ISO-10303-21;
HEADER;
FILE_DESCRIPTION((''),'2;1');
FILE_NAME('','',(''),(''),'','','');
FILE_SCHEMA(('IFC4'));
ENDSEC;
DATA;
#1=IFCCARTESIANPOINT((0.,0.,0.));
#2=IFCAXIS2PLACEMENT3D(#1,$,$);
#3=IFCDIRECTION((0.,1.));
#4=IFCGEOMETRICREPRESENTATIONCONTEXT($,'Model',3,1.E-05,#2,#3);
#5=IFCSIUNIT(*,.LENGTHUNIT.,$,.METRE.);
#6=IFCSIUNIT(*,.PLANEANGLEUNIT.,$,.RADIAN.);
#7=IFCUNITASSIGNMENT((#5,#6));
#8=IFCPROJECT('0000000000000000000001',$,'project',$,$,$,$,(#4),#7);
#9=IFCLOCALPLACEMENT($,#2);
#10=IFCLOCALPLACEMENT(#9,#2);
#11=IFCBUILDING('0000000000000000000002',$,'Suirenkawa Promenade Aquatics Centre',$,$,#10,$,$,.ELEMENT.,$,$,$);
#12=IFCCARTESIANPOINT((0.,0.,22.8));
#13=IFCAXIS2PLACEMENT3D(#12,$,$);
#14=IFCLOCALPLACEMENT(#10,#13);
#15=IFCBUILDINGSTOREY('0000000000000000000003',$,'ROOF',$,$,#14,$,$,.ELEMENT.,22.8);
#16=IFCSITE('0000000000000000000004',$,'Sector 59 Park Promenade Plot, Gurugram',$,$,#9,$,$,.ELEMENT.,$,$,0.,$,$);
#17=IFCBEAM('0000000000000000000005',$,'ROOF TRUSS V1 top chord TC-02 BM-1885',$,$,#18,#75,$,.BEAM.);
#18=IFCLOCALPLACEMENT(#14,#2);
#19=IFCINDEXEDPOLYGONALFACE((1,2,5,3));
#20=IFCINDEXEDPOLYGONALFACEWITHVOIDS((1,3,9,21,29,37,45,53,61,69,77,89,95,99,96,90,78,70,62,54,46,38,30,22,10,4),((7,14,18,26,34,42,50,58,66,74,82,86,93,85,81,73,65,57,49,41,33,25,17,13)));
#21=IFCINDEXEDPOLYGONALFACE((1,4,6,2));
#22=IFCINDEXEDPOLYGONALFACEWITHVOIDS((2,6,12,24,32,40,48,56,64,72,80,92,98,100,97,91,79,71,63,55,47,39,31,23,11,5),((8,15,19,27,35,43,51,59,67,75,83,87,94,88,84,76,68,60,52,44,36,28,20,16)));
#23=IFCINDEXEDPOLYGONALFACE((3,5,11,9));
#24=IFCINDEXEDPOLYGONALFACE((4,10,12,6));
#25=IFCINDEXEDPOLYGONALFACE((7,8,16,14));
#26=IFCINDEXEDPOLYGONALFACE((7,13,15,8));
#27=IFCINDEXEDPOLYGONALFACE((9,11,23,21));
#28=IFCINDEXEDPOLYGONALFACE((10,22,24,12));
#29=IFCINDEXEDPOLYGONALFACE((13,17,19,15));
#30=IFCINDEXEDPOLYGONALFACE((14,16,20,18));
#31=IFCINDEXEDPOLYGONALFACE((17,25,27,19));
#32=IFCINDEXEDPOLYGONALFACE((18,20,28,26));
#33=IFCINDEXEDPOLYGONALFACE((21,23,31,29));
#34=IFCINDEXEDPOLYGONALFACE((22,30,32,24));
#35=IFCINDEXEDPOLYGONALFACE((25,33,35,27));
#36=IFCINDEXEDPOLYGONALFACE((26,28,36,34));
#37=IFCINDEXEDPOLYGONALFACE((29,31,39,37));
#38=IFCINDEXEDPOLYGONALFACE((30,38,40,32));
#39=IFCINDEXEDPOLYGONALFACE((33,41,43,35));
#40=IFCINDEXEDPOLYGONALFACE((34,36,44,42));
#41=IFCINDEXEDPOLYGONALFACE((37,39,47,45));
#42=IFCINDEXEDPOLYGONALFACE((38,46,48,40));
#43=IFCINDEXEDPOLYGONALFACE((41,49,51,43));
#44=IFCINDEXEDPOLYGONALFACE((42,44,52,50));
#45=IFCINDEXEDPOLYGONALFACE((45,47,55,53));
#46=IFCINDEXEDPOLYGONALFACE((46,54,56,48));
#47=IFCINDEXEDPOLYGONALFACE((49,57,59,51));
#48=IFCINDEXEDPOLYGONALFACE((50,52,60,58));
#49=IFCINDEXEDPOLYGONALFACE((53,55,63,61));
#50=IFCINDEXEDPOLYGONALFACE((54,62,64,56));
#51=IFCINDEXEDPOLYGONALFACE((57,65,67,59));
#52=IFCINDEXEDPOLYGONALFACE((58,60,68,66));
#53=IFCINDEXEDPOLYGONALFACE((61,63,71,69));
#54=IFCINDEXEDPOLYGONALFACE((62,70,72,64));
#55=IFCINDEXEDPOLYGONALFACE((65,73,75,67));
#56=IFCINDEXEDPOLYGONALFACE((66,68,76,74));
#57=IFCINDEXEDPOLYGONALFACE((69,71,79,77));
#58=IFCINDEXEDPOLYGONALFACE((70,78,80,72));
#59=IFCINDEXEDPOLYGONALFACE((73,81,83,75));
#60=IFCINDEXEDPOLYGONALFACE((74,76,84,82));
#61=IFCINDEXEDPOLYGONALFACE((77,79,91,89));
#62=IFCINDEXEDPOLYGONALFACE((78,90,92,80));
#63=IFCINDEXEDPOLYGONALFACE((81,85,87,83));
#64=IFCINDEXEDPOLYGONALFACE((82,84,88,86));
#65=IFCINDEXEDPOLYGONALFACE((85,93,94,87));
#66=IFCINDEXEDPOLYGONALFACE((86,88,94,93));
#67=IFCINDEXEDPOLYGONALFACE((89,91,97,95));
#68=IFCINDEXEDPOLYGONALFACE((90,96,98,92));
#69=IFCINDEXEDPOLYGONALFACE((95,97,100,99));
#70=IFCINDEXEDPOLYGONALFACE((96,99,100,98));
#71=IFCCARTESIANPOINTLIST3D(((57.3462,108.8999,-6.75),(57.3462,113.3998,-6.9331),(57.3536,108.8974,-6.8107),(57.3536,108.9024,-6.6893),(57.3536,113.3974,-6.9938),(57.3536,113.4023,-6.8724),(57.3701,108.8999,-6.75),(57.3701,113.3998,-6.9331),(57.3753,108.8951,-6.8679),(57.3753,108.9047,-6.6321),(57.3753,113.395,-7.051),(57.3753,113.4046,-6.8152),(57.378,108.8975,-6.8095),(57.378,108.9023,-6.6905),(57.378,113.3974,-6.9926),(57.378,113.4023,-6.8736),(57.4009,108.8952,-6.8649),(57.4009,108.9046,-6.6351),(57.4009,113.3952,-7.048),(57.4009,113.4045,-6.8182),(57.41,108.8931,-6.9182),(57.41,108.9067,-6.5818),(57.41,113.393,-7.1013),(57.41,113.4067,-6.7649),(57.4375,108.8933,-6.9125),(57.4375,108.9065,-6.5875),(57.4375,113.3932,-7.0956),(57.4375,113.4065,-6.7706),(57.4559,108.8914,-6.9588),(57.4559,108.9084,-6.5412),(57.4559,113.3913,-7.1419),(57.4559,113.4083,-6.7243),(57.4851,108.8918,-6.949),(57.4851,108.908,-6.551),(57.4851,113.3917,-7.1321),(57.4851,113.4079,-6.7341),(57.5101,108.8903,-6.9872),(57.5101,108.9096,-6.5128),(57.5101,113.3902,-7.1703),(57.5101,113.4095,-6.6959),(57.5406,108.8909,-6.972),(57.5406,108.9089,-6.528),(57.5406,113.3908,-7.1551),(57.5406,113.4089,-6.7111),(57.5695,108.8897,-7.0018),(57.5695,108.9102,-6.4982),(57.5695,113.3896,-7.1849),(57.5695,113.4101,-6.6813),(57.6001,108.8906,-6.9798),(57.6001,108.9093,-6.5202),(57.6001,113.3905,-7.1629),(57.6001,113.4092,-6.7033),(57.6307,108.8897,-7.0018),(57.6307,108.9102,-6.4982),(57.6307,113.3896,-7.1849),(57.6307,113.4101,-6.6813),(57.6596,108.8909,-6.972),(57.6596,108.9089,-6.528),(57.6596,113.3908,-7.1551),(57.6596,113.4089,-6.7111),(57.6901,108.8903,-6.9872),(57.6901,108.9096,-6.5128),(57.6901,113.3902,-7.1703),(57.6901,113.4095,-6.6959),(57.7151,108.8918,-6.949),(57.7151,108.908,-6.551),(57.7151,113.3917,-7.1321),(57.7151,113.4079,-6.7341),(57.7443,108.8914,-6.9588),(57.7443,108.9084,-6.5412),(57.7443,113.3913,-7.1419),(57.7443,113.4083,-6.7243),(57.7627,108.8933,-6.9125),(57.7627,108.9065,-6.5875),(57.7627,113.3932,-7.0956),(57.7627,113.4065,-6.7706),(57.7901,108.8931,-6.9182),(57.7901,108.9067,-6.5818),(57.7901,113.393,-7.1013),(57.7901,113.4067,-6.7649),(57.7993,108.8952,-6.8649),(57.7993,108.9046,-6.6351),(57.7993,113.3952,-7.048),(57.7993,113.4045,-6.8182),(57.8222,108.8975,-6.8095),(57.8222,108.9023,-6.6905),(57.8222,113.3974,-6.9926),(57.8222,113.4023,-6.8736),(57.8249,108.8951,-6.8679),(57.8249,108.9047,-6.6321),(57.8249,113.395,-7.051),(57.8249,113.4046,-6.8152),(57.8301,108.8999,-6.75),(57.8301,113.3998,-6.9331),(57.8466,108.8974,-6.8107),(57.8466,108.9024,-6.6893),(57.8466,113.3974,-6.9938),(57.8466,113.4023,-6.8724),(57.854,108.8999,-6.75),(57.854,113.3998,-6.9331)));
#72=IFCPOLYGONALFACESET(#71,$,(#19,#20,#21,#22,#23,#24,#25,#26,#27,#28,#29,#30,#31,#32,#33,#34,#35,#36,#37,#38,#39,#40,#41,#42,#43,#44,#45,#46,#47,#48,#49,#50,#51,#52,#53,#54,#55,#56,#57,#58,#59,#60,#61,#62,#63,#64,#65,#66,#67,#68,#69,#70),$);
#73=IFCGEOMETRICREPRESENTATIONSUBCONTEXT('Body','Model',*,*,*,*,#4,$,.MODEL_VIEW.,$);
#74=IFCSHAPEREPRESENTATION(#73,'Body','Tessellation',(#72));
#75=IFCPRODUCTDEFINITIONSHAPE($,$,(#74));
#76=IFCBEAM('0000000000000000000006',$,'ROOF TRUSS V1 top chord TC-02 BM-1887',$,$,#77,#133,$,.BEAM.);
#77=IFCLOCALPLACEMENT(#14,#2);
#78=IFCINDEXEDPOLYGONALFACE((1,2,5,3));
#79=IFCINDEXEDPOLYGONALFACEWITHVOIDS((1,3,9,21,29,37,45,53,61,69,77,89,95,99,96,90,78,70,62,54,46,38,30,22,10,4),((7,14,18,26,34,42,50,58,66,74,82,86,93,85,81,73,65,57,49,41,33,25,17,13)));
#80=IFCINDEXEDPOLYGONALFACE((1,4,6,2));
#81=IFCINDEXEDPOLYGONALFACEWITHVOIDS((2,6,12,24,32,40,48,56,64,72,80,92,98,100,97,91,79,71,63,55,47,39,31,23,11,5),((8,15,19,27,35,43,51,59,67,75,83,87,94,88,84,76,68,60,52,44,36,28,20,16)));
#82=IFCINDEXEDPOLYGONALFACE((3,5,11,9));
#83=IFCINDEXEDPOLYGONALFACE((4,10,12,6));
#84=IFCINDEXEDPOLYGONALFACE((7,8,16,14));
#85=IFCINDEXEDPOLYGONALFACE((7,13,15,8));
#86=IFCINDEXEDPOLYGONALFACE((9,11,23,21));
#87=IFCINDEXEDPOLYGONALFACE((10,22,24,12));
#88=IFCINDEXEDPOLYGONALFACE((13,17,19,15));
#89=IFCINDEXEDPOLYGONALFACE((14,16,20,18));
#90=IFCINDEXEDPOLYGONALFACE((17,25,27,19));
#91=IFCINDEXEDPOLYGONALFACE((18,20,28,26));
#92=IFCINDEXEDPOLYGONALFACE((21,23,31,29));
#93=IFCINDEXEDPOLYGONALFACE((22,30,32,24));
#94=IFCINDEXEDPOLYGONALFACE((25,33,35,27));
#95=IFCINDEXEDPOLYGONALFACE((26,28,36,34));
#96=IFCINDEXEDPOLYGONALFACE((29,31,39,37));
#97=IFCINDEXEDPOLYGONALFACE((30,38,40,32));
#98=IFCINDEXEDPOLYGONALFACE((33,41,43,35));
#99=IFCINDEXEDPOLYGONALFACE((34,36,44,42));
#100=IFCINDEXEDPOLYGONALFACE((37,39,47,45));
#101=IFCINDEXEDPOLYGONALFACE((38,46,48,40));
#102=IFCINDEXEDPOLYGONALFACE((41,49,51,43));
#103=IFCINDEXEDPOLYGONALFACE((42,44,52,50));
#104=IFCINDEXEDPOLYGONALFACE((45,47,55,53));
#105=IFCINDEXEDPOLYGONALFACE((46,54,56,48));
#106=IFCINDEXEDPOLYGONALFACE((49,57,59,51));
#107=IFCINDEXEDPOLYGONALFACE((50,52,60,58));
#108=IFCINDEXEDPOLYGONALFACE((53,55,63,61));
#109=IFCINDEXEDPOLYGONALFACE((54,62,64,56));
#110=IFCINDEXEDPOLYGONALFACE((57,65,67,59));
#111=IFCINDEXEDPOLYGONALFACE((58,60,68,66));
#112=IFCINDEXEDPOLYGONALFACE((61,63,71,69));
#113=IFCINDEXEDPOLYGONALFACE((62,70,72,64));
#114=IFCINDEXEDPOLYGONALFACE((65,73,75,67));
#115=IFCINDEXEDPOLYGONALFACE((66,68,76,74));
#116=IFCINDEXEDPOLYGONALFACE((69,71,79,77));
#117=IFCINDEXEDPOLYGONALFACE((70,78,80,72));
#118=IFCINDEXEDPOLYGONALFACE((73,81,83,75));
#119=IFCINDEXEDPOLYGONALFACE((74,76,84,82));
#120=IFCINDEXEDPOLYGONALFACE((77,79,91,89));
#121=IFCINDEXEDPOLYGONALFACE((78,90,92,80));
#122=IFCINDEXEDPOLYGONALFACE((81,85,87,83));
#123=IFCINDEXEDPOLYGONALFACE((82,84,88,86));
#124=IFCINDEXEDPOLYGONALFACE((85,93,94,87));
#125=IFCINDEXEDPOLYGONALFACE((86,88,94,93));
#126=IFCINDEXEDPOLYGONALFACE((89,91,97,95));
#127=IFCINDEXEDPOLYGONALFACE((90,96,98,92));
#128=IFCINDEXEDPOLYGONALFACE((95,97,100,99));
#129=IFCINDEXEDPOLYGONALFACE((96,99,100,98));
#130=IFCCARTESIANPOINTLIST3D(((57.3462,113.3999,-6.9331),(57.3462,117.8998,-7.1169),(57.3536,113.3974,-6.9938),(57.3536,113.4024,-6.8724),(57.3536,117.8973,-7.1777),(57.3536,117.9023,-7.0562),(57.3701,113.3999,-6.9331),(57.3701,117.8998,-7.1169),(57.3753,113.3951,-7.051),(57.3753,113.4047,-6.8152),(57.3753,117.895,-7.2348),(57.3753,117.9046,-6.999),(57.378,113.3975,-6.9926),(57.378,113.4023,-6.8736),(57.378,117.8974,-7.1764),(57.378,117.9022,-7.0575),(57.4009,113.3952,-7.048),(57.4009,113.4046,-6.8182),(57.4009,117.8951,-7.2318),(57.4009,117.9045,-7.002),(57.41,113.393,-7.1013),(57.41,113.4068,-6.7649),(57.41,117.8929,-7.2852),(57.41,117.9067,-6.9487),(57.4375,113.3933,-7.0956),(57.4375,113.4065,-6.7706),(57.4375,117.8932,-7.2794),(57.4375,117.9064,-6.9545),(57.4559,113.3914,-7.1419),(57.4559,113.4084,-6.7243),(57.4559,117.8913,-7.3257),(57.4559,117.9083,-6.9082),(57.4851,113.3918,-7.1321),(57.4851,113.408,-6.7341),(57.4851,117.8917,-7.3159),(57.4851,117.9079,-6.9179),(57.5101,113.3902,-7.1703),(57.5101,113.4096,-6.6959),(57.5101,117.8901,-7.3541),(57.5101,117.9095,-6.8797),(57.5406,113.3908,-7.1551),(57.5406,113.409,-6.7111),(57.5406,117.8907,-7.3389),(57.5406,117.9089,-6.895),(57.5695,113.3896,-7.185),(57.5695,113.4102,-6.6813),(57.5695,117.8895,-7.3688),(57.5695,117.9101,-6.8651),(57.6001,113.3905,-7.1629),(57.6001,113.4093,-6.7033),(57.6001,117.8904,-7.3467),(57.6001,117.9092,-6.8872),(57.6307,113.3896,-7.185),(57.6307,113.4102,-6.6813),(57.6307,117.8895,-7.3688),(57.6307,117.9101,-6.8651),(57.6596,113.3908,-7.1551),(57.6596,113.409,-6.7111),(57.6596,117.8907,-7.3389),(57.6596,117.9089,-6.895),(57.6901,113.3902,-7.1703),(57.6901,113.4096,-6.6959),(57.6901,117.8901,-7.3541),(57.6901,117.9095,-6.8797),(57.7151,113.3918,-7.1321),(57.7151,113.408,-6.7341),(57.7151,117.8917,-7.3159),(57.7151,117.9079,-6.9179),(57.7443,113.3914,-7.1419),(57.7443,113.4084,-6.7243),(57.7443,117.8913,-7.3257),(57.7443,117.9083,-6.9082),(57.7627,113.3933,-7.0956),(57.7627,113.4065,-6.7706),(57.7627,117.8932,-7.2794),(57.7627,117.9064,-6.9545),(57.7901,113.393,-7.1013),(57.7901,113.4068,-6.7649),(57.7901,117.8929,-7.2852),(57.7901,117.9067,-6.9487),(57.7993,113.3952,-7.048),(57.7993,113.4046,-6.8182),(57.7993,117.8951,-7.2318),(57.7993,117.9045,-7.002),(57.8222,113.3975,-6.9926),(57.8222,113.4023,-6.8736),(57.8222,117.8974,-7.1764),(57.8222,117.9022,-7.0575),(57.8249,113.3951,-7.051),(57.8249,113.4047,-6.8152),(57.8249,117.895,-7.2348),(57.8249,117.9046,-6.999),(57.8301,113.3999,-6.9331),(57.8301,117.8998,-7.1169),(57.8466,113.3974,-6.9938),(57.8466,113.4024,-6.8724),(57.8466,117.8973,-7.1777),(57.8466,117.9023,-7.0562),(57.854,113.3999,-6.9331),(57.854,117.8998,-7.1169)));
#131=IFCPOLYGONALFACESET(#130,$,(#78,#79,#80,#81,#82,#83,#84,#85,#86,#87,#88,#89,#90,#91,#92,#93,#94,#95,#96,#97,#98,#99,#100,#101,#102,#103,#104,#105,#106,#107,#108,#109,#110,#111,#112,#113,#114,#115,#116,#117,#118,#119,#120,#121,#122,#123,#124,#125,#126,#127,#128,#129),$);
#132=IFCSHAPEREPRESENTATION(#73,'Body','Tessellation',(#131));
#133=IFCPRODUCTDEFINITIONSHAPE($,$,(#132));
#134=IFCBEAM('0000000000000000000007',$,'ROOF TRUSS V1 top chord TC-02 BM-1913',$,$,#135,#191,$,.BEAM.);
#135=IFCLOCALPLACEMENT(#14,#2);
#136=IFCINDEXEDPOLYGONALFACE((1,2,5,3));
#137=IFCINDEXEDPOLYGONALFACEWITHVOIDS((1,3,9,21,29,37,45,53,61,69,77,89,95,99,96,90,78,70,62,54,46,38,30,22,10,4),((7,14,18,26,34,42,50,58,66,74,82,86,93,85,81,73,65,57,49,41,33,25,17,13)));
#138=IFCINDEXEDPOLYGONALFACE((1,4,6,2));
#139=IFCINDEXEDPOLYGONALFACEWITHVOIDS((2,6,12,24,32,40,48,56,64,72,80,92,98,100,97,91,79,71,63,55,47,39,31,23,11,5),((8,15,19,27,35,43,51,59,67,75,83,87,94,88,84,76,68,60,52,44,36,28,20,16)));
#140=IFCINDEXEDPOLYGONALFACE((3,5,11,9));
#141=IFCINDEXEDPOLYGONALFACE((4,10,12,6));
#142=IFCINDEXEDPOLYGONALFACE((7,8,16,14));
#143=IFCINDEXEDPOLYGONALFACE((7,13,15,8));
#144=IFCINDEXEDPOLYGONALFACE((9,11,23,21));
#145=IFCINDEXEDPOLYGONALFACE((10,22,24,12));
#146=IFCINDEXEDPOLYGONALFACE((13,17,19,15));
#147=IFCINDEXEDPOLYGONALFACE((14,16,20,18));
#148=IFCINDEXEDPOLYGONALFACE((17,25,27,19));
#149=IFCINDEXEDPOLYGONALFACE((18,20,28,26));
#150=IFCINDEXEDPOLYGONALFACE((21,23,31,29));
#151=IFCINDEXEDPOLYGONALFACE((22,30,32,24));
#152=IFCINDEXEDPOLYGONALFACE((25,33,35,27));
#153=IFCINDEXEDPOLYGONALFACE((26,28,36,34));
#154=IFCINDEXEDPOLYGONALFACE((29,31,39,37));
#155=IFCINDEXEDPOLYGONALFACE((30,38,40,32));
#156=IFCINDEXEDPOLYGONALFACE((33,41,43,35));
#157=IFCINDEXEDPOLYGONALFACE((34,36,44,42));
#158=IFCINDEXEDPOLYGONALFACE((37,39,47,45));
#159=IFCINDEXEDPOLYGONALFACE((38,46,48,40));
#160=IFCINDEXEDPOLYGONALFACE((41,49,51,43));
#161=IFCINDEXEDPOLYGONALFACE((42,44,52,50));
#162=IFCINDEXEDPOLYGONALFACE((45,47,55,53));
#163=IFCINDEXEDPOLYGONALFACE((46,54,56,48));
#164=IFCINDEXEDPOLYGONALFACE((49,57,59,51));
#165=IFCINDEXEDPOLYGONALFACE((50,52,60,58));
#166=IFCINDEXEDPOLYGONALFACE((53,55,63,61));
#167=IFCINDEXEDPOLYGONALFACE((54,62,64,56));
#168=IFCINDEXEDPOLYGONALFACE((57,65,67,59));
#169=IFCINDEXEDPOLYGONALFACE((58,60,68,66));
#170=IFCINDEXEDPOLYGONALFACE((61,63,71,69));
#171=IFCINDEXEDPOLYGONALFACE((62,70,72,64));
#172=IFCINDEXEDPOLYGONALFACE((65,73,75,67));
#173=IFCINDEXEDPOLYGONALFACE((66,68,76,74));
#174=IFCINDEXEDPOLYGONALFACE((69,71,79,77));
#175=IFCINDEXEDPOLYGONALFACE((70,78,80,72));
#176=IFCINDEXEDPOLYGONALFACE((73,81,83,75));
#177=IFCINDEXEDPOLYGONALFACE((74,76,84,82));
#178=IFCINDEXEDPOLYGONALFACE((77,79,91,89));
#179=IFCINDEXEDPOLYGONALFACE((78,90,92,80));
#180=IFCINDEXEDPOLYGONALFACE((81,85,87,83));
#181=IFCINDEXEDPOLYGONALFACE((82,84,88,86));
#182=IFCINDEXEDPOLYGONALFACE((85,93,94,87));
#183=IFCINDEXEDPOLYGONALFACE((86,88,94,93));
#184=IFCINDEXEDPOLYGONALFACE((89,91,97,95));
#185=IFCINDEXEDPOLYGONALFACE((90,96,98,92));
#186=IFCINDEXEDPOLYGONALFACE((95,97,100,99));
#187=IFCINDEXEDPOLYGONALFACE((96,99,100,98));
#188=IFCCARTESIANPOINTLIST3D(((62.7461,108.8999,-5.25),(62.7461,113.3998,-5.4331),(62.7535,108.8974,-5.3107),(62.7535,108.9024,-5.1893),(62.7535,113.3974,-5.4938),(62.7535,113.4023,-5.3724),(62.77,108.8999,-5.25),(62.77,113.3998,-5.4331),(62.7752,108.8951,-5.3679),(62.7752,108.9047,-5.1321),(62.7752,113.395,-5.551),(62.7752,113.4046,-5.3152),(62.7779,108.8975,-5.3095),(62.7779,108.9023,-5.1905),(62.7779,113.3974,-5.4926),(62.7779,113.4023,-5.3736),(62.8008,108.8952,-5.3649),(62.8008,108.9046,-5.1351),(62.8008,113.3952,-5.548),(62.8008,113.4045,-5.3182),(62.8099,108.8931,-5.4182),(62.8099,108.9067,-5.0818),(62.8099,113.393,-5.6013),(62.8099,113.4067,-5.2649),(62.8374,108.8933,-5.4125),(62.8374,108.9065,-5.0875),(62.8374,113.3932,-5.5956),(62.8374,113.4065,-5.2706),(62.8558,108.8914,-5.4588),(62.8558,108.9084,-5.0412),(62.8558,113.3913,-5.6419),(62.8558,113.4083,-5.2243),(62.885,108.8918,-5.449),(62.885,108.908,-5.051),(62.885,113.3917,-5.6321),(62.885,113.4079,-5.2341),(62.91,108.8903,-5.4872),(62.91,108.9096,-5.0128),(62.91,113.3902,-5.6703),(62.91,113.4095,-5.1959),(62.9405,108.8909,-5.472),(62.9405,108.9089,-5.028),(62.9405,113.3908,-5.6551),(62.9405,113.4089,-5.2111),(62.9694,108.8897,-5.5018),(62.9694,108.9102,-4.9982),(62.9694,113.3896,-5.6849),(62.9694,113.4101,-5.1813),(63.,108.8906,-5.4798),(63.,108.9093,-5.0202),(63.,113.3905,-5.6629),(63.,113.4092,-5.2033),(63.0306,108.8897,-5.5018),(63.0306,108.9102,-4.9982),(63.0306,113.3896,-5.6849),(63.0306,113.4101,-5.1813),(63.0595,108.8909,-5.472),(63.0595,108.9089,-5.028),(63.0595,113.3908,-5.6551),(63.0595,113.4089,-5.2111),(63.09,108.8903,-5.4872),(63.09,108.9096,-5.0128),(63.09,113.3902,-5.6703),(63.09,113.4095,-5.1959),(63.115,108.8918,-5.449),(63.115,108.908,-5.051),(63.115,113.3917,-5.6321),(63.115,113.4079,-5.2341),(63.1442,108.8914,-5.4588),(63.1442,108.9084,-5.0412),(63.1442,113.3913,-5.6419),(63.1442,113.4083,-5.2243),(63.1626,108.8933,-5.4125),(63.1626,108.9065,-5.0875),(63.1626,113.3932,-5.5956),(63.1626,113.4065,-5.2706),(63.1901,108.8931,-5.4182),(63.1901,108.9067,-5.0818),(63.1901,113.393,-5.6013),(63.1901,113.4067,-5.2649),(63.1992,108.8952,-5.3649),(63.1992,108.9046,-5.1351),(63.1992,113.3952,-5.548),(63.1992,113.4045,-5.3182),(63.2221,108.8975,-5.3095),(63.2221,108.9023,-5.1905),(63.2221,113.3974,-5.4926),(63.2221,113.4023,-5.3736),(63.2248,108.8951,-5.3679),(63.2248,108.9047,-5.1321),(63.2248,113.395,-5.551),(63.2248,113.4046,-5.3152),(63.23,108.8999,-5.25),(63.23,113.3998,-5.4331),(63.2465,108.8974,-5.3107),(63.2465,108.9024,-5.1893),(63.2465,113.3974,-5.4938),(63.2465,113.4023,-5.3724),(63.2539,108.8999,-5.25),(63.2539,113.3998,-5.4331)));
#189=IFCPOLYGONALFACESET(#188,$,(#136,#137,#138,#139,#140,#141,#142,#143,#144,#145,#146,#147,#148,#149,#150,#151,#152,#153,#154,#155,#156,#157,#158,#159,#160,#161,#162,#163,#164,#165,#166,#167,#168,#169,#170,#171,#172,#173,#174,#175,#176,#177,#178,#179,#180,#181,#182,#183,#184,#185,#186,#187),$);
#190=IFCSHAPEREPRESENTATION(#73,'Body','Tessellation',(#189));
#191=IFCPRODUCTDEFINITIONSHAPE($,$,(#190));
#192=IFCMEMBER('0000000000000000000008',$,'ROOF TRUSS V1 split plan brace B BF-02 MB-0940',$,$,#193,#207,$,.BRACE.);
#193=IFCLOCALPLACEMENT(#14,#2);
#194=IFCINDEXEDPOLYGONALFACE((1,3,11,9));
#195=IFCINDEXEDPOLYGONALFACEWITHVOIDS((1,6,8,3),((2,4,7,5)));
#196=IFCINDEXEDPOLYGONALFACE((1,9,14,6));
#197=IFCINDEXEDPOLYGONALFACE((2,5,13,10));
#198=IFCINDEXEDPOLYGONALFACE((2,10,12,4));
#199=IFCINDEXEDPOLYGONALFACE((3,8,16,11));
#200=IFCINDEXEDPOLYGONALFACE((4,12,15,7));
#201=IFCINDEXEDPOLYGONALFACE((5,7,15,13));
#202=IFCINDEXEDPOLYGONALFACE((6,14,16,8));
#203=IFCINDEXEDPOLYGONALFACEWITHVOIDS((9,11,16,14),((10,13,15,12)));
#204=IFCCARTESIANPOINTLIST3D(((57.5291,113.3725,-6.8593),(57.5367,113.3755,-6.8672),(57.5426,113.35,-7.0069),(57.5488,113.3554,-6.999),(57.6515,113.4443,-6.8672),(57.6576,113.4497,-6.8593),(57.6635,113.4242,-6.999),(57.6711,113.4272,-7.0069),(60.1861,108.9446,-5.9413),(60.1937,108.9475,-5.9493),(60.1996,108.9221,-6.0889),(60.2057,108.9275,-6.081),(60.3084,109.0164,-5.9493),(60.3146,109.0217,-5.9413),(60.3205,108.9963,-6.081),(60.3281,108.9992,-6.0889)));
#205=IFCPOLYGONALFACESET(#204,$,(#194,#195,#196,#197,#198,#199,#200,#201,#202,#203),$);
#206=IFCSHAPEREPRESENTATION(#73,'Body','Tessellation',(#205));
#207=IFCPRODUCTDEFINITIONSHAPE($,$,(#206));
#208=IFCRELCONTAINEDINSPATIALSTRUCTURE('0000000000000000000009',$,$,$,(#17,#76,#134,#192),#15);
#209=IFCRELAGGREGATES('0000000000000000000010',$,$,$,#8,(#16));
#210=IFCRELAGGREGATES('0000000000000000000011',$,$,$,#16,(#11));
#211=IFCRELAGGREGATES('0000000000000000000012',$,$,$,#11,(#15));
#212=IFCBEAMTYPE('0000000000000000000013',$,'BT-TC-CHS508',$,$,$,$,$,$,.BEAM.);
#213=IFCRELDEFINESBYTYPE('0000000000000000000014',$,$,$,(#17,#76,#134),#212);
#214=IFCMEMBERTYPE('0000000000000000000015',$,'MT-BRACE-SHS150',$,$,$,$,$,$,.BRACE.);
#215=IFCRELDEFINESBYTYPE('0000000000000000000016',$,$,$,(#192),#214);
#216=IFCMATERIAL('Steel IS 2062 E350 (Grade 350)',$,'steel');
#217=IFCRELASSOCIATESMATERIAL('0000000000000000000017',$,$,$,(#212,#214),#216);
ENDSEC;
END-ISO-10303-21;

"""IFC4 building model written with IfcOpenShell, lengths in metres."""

from ifc_helpers import new_model, si_unit, direction, frame, origin, origin_2d, place, context, subcontext, project, spatial, hollow_rectangle, hollow_circle, extrude, material, material_profile, profile_set, type_object, element, save


model = new_model("IFC4")

# Units and contexts
model_context = context("Model", 3, precision=1e-05, world=origin(), true_north=direction((0.0, 1.0)))
body_context = subcontext(model_context, "Body", "Model", "MODEL_VIEW")
ifc_project = project(units=[si_unit("LENGTHUNIT", "METRE"), si_unit("PLANEANGLEUNIT", "RADIAN")], contexts=[model_context])

# Site, building, storey
site_placement = place(None, origin())
site = spatial("IfcSite", under=ifc_project, at=site_placement, Name="Sector 59 Park Promenade Plot, Gurugram", CompositionType="ELEMENT", RefElevation=0.0)
building_placement = place(site_placement, origin())
building = spatial("IfcBuilding", under=site, at=building_placement, Name="Suirenkawa Promenade Aquatics Centre", CompositionType="ELEMENT")
storey_placement = place(building_placement, frame((0.0, 0.0, 22.8)))
storey = spatial("IfcBuildingStorey", under=building, at=storey_placement, Name="ROOF", CompositionType="ELEMENT", Elevation=22.8)

# Beams
ifc_material = material(Name="Steel IS 2062 E350 (Grade 350)", Category="steel")
ifc_material_profile_1 = material_profile(ifc_material, hollow_circle(Radius=0.2539, WallThickness=0.0239, at=origin_2d()), Name="CHS 508x24", Category="steel")
ifc_profile_set_1 = profile_set([ifc_material_profile_1], Name="Steel IS 2062 E350 (Grade 350)")
beam_type_1 = type_object("IfcBeamType", Name="BT-TC-CHS508", PredefinedType="BEAM", material=ifc_profile_set_1)
for number, where, z_axis, x_axis, name in (
    (1, (57.6001, 108.8999, -6.75), (0.0, 0.999173, -0.040656), (-1.0, 0.0, 0.0), "ROOF TRUSS V1 top chord TC-02 BM-1885"),
    (2, (57.6001, 113.3999, -6.9331), (0.0, 0.999167, -0.040819), (-1.0, 0.0, 0.0), "ROOF TRUSS V1 top chord TC-02 BM-1887"),
    (3, (63.0, 108.8999, -5.25), (0.0, 0.999173, -0.040656), (-1.0, 0.0, 0.0), "ROOF TRUSS V1 top chord TC-02 BM-1913"),
):
    element("IfcBeam", number, at=place(storey_placement, frame(where, z_axis=z_axis, x_axis=x_axis)), inside=storey, type_object=beam_type_1, Name=name, PredefinedType="BEAM", context=body_context, shape_type="SweptSolid", body=[
        extrude(hollow_circle(Radius=0.2539, WallThickness=0.0239, at=origin_2d()), origin(), (0.0, 0.0, 1.0), 4.5037),
    ])

# Member
ifc_material_profile_2 = material_profile(ifc_material, hollow_rectangle(XDim=0.1499, YDim=0.1499, WallThickness=0.0081, at=origin_2d()), Name="SHS 150x150x8", Category="steel")
ifc_profile_set_2 = profile_set([ifc_material_profile_2], Name="Steel IS 2062 E350 (Grade 350)")
member_type_1 = type_object("IfcMemberType", Name="MT-BRACE-SHS150", PredefinedType="BRACE", material=ifc_profile_set_2)
member_1_placement = place(storey_placement, frame((60.2571, 108.9719, -6.0151), z_axis=(-0.506582, 0.844241, -0.17502), x_axis=(-0.857476, -0.514524, 0.0)))
element("IfcMember", 4, at=member_1_placement, inside=storey, type_object=member_type_1, Name="ROOF TRUSS V1 split plan brace B BF-02 MB-0940", PredefinedType="BRACE", context=body_context, shape_type="SweptSolid", body=[
    extrude(hollow_rectangle(XDim=0.1499, YDim=0.1499, WallThickness=0.0081, at=origin_2d()), origin(), (0.0, 0.0, 1.0), 5.2449),
])

save(model, "model.ifc")
